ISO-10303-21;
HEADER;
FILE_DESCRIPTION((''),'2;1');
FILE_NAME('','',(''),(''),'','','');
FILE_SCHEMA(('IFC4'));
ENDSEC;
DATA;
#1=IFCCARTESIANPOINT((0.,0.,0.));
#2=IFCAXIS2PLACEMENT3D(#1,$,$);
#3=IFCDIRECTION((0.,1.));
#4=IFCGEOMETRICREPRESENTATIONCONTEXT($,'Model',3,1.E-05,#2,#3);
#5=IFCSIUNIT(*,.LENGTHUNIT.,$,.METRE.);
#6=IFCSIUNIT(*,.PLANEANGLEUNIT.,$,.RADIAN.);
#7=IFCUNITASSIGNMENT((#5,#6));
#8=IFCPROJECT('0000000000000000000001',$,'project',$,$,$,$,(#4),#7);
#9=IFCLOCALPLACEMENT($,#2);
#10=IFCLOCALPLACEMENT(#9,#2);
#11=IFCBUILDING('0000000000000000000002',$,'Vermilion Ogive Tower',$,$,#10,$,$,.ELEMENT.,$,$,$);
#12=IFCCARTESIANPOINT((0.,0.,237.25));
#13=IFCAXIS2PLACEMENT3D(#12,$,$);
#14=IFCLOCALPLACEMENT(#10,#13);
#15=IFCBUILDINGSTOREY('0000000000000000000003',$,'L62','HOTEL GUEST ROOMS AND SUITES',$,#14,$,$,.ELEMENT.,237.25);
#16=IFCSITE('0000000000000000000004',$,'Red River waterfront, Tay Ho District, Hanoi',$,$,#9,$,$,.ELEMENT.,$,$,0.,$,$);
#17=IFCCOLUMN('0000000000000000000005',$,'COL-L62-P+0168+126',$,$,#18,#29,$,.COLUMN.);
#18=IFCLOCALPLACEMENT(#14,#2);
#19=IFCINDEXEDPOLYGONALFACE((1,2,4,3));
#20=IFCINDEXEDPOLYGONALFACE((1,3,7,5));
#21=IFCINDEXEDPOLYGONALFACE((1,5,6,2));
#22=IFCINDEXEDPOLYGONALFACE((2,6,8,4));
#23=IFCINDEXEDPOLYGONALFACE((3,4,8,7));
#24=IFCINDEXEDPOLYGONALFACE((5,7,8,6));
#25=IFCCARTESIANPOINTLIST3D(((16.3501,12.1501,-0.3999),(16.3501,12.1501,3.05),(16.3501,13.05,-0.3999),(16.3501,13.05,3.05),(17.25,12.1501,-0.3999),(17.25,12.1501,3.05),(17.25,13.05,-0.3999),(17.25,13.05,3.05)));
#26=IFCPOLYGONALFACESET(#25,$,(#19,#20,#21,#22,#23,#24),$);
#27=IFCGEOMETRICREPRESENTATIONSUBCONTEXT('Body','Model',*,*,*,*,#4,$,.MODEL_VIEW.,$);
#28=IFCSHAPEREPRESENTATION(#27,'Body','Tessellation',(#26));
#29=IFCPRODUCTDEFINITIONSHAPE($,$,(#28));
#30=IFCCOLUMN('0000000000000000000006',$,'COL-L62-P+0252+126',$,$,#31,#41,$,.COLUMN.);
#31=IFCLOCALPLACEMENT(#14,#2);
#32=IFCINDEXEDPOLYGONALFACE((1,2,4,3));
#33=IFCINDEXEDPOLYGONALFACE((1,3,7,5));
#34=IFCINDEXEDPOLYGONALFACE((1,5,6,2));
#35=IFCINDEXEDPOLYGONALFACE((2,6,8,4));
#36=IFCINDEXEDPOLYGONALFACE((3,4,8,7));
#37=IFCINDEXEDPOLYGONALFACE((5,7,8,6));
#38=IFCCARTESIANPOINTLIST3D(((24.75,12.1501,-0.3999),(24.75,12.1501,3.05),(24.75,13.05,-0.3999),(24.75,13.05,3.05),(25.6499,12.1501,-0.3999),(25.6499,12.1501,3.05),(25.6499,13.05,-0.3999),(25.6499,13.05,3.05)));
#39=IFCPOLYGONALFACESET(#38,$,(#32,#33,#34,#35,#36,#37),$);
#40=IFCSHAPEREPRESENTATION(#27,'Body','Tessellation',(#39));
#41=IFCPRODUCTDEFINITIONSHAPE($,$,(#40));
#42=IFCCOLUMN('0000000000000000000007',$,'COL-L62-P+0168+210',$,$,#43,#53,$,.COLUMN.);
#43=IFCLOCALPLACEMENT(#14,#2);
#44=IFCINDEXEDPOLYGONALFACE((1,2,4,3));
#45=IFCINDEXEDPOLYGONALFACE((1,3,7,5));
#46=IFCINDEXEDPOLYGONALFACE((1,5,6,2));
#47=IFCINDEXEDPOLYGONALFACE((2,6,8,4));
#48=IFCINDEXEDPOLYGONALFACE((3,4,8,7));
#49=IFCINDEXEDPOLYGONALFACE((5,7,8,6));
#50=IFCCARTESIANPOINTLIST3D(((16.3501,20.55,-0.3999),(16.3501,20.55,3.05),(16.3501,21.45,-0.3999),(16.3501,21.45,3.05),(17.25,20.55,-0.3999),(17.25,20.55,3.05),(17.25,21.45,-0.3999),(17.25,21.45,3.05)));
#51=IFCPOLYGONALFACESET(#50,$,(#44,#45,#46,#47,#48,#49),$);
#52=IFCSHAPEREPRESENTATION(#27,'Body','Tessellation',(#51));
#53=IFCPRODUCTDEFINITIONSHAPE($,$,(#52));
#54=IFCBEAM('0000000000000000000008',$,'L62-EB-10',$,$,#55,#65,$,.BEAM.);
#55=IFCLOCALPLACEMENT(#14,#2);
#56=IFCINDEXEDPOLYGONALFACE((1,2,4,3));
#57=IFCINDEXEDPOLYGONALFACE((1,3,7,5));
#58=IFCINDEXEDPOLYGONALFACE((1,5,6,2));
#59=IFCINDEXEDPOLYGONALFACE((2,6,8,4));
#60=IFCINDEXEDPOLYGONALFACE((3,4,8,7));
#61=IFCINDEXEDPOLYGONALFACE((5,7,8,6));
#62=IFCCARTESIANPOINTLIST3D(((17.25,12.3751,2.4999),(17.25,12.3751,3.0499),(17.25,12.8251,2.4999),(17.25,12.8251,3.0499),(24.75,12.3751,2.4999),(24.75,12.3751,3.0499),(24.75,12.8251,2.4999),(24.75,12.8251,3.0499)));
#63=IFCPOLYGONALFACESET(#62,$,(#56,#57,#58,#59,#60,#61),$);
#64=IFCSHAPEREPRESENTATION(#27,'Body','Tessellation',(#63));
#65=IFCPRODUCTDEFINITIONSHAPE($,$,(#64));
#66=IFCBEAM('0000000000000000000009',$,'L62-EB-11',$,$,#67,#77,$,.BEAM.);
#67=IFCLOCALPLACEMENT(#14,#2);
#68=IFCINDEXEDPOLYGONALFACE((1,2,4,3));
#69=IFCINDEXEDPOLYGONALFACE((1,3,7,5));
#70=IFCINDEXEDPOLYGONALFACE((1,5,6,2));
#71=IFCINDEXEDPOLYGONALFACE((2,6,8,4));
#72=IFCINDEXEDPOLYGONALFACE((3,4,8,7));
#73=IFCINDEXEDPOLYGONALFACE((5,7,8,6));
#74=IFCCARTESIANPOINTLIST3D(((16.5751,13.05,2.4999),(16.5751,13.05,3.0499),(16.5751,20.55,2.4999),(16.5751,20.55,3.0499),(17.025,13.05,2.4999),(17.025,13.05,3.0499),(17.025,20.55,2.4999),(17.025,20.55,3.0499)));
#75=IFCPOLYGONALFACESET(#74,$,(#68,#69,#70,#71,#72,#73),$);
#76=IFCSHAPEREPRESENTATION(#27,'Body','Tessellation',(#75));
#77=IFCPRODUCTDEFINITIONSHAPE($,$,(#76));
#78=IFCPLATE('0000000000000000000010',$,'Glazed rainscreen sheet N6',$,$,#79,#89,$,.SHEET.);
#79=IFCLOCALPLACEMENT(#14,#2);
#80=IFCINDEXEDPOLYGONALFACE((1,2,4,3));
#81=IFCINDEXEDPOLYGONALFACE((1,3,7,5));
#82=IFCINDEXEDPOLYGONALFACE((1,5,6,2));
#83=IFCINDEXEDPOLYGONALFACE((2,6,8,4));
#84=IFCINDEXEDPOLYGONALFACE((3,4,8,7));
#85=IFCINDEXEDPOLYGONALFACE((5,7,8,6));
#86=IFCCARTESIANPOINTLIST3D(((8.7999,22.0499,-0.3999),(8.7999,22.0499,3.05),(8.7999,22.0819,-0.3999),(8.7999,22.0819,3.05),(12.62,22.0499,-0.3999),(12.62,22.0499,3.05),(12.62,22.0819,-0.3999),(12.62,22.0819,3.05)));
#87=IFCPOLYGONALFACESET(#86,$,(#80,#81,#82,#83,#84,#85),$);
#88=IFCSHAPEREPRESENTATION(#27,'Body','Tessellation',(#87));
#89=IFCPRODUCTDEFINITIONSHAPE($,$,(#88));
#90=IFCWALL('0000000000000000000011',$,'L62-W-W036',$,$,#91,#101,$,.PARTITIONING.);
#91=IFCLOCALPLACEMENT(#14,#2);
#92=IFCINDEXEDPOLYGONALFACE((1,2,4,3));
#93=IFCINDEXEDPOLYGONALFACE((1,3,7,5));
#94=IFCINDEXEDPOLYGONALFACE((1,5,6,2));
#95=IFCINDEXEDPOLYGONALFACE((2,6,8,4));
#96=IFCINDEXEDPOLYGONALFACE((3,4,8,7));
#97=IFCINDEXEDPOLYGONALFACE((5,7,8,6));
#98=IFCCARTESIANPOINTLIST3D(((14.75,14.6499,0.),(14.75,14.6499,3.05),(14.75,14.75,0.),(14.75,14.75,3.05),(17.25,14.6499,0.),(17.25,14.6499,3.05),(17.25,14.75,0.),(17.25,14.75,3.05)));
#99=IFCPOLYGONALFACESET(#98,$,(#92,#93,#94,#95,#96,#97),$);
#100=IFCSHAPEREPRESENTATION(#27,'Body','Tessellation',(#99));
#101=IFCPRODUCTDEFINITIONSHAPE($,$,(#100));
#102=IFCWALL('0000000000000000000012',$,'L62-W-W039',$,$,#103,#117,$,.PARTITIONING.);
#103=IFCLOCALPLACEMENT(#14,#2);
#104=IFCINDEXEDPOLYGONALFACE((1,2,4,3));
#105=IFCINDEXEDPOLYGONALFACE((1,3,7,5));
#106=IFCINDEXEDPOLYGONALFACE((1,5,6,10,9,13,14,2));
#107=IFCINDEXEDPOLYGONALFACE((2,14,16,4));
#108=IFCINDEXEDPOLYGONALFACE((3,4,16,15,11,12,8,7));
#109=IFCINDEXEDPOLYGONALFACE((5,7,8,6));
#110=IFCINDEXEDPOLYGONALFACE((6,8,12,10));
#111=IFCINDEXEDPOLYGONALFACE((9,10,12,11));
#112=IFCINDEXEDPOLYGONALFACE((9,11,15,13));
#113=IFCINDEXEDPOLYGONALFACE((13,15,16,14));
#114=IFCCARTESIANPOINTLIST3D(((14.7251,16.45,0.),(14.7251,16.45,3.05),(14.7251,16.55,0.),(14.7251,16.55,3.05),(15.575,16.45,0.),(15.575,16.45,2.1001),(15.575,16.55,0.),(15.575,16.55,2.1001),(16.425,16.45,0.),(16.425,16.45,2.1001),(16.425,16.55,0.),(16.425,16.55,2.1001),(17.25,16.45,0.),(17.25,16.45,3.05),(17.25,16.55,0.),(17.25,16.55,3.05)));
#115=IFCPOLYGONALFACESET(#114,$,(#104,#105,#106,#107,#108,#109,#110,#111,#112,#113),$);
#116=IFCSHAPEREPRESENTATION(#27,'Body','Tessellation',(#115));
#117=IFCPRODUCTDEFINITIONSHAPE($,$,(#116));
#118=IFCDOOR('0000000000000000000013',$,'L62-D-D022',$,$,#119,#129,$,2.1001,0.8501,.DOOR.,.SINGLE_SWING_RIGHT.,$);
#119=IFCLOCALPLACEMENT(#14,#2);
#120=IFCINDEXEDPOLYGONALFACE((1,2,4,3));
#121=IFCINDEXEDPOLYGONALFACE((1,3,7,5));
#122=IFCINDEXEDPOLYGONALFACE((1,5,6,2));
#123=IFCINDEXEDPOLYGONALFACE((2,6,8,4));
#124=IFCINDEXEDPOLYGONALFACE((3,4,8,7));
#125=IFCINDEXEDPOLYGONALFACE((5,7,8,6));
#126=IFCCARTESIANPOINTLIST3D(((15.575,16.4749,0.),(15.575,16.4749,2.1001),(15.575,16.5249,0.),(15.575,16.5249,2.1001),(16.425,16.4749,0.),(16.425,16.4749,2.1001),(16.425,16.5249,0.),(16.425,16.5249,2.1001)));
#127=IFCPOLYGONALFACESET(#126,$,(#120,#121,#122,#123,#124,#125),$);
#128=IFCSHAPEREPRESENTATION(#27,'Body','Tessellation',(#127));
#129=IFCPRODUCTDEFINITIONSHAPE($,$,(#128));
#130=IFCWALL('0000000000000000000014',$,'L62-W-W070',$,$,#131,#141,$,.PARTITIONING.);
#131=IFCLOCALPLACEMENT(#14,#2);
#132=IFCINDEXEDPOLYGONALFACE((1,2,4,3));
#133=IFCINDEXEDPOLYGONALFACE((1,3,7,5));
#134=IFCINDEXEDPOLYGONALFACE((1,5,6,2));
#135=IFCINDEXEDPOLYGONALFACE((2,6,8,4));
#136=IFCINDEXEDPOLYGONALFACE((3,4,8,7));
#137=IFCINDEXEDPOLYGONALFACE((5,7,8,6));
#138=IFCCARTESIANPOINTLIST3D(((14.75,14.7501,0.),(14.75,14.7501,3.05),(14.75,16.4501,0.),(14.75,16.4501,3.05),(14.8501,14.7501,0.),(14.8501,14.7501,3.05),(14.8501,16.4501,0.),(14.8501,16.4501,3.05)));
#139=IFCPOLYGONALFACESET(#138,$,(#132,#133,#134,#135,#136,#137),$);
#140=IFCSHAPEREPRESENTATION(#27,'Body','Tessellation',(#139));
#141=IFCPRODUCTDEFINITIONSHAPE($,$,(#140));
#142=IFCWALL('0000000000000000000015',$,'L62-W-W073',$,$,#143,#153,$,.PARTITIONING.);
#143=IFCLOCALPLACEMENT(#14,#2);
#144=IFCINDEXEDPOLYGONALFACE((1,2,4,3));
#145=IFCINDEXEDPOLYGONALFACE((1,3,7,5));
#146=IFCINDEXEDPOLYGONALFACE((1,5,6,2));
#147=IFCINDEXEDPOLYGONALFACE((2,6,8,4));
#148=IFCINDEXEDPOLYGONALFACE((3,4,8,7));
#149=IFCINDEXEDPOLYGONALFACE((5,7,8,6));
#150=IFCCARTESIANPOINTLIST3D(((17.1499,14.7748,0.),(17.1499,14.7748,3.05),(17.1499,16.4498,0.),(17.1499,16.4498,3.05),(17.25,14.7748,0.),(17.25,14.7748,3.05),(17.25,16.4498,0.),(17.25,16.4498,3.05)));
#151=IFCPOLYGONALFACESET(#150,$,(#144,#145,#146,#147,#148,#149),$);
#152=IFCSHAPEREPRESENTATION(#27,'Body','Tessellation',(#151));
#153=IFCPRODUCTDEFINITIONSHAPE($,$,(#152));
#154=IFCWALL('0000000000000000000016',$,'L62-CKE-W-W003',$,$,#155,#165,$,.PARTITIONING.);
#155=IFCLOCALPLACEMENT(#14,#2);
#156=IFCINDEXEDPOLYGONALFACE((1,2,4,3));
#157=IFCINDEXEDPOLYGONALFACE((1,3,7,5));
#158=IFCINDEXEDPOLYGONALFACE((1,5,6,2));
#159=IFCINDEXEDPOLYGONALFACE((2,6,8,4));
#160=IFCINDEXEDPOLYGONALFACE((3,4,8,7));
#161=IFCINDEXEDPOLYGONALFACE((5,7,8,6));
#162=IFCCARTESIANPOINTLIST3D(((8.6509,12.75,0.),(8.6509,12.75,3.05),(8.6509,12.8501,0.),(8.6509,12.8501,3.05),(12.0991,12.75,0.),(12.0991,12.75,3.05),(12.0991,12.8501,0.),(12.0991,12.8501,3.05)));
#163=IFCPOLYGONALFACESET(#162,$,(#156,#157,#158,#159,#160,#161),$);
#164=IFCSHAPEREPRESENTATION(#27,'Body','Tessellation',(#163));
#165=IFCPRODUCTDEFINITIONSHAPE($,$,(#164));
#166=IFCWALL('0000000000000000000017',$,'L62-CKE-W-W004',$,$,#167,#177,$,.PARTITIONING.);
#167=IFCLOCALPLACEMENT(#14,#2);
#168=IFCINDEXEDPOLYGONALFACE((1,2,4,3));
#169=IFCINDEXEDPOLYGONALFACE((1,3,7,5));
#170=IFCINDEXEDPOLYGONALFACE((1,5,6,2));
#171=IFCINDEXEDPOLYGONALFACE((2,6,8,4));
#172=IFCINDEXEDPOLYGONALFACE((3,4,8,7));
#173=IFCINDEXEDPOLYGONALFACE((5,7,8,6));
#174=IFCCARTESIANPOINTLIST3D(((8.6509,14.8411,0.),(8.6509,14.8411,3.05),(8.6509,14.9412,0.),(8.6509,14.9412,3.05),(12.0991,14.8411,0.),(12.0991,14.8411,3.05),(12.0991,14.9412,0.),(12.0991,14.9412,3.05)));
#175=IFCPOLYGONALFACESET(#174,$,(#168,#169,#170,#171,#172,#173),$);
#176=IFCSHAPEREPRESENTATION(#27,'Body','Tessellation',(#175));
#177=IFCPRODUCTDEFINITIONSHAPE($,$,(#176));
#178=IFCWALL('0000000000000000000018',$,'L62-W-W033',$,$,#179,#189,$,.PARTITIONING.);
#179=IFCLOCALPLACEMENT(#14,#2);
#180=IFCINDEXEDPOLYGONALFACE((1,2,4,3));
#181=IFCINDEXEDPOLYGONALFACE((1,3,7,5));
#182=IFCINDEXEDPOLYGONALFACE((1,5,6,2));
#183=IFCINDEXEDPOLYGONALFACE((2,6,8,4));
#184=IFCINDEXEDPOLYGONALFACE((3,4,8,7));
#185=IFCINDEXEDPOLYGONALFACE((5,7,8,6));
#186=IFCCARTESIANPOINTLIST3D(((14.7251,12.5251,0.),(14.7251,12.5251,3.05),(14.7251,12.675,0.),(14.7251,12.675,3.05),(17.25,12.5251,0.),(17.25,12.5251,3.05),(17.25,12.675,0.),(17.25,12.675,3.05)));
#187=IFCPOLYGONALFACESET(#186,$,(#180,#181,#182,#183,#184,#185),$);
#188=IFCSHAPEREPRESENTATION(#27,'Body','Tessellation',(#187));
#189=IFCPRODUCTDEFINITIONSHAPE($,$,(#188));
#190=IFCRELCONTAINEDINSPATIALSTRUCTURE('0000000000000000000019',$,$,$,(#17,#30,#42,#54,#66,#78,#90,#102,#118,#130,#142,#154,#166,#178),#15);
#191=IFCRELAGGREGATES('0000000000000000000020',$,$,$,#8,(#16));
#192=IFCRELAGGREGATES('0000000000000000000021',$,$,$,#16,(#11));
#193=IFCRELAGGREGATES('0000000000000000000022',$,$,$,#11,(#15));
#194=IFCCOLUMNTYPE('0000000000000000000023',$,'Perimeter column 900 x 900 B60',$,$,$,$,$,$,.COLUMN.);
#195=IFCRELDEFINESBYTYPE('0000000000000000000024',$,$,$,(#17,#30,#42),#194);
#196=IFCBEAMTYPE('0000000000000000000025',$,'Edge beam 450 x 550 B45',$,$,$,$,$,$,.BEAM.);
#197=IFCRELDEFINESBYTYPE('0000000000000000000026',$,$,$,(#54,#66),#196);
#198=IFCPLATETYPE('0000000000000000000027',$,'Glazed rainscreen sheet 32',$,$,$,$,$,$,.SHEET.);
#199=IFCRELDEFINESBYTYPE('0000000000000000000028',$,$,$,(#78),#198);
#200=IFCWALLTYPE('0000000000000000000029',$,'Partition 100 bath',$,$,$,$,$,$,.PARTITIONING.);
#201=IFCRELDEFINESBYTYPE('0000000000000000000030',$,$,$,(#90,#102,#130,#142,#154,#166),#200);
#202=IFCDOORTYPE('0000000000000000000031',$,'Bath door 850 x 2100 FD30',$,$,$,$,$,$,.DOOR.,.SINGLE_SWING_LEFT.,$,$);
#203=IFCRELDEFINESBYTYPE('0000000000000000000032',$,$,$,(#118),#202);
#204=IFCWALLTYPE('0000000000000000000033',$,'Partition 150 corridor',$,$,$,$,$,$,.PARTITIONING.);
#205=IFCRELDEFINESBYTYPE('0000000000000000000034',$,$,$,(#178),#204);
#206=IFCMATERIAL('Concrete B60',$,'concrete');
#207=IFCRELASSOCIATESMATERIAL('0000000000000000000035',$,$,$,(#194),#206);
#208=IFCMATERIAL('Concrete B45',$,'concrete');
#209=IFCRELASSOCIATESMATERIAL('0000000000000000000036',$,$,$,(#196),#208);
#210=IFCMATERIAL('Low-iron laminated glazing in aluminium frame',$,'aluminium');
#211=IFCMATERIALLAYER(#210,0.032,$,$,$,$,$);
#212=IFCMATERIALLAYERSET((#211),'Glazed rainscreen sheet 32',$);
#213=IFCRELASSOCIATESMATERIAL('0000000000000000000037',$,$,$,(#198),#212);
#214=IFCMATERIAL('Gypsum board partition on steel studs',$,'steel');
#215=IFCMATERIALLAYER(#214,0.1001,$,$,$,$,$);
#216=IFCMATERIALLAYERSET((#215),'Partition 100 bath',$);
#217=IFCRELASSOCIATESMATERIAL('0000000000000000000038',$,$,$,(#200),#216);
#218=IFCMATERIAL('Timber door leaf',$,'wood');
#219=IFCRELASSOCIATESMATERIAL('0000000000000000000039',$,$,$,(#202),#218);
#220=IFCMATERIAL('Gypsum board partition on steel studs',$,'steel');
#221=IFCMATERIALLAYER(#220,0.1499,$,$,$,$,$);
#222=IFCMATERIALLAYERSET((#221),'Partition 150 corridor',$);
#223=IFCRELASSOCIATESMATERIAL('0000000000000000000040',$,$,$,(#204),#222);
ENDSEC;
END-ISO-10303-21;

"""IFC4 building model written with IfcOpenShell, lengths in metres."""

from ifc_helpers import new_model, si_unit, direction, frame, frame_2d, origin, origin_2d, place, context, subcontext, project, spatial, rectangle, extrude, material, layer, layer_set, material_profile, profile_set, type_object, element, fill, save


model = new_model("IFC4")

# Units and contexts
model_context = context("Model", 3, precision=1e-05, world=origin(), true_north=direction((0.0, 1.0)))
body_context = subcontext(model_context, "Body", "Model", "MODEL_VIEW")
ifc_project = project(units=[si_unit("LENGTHUNIT", "METRE"), si_unit("PLANEANGLEUNIT", "RADIAN")], contexts=[model_context])

# Site, building, storey
site_placement = place(None, origin())
site = spatial("IfcSite", under=ifc_project, at=site_placement, Name="Red River waterfront, Tay Ho District, Hanoi", CompositionType="ELEMENT", RefElevation=0.0)
building_placement = place(site_placement, origin())
building = spatial("IfcBuilding", under=site, at=building_placement, Name="Vermilion Ogive Tower", CompositionType="ELEMENT")
storey_placement = place(building_placement, frame((0.0, 0.0, 237.25)))
storey = spatial("IfcBuildingStorey", under=building, at=storey_placement, Name="L62", Description="HOTEL GUEST ROOMS AND SUITES", CompositionType="ELEMENT", Elevation=237.25)

# Columns
ifc_material_1 = material(Name="Concrete B60", Category="concrete")
ifc_material_profile_1 = material_profile(ifc_material_1, rectangle(XDim=0.8999, YDim=0.8999, at=origin_2d()), Name="900 x 900")
ifc_profile_set_1 = profile_set([ifc_material_profile_1], Name="Concrete B60")
column_type = type_object("IfcColumnType", Name="Perimeter column 900 x 900 B60", PredefinedType="COLUMN", material=ifc_profile_set_1)
for number, where, z_axis, x_axis, name in (
    (1, (16.8, 12.6001, -0.3999), (0.0, 0.0, 1.0), (1.0, 0.0, 0.0), "COL-L62-P+0168+126"),
    (2, (25.2, 12.6001, -0.3999), (0.0, 0.0, 1.0), (1.0, 0.0, 0.0), "COL-L62-P+0252+126"),
    (3, (16.8, 21.0, -0.3999), (0.0, 0.0, 1.0), (1.0, 0.0, 0.0), "COL-L62-P+0168+210"),
):
    element("IfcColumn", number, at=place(storey_placement, frame(where, z_axis=z_axis, x_axis=x_axis)), inside=storey, type_object=column_type, Name=name, PredefinedType="COLUMN", context=body_context, shape_type="SweptSolid", body=[
        extrude(rectangle(XDim=0.8999, YDim=0.8999, at=origin_2d()), origin(), (0.0, 0.0, 1.0), 3.45),
    ])

# Beams
ifc_material_2 = material(Name="Concrete B45", Category="concrete")
ifc_material_profile_2 = material_profile(ifc_material_2, rectangle(XDim=0.45, YDim=0.55, at=origin_2d()), Name="450 x 550")
ifc_profile_set_2 = profile_set([ifc_material_profile_2], Name="Concrete B45")
beam_type = type_object("IfcBeamType", Name="Edge beam 450 x 550 B45", PredefinedType="BEAM", material=ifc_profile_set_2)
for number, where, z_axis, x_axis, name in (
    (4, (24.75, 12.6001, 2.7749), (-1.0, 0.0, 0.0), (0.0, -1.0, 0.0), "L62-EB-10"),
    (5, (16.8, 13.05, 2.7749), (0.0, 1.0, 0.0), (-1.0, 0.0, 0.0), "L62-EB-11"),
):
    element("IfcBeam", number, at=place(storey_placement, frame(where, z_axis=z_axis, x_axis=x_axis)), inside=storey, type_object=beam_type, Name=name, PredefinedType="BEAM", context=body_context, shape_type="SweptSolid", body=[
        extrude(rectangle(XDim=0.45, YDim=0.55, at=origin_2d()), origin(), (0.0, 0.0, 1.0), 7.5),
    ])

# Plate
ifc_material_3 = material(Name="Low-iron laminated glazing in aluminium frame", Category="aluminium")
ifc_layer_1 = layer(ifc_material_3, 0.032)
ifc_layer_set_1 = layer_set([ifc_layer_1], Name="Glazed rainscreen sheet 32")
plate_type = type_object("IfcPlateType", Name="Glazed rainscreen sheet 32", PredefinedType="SHEET", material=ifc_layer_set_1)
plate_placement = place(storey_placement, frame((10.71, 22.0659, -0.3999), z_axis=(0.0, 0.0, 1.0), x_axis=(1.0, 0.0, 0.0)))
element("IfcPlate", 6, at=plate_placement, inside=storey, type_object=plate_type, Name="Glazed rainscreen sheet N6", PredefinedType="SHEET", context=body_context, shape_type="SweptSolid", body=[
    extrude(rectangle(XDim=3.8201, YDim=0.032, at=origin_2d()), origin(), (0.0, 0.0, 1.0), 3.45),
])

# Wall
ifc_material_4 = material(Name="Gypsum board partition on steel studs", Category="steel")
ifc_layer_2 = layer(ifc_material_4, 0.1001)
ifc_layer_set_2 = layer_set([ifc_layer_2], Name="Partition 100 bath")
wall_type_1 = type_object("IfcWallType", Name="Partition 100 bath", PredefinedType="PARTITIONING", material=ifc_layer_set_2)
wall_1_placement = place(storey_placement, frame((14.75, 14.7, 0.0), z_axis=(0.0, 0.0, 1.0), x_axis=(1.0, 0.0, 0.0)))
element("IfcWall", 7, at=wall_1_placement, inside=storey, type_object=wall_type_1, Name="L62-W-W036", PredefinedType="PARTITIONING", context=body_context, shape_type="SweptSolid", body=[
    extrude(rectangle(XDim=2.5, YDim=0.1001, at=frame_2d((1.25, 0.0))), origin(), (0.0, 0.0, 1.0), 3.05),
])

# Wall, opening, door
wall_2_placement = place(storey_placement, frame((14.7251, 16.5, 0.0), z_axis=(0.0, 0.0, 1.0), x_axis=(1.0, 0.0, 0.0)))
wall_2 = element("IfcWall", 8, at=wall_2_placement, inside=storey, type_object=wall_type_1, Name="L62-W-W039", PredefinedType="PARTITIONING", context=body_context, shape_type="SweptSolid", body=[
    extrude(rectangle(XDim=2.5249, YDim=0.1001, at=frame_2d((1.2625, 0.0))), origin(), (0.0, 0.0, 1.0), 3.05),
])
opening_1_placement = place(wall_2_placement, frame((0.8499, 0.0, 0.0)))
opening_1 = element("IfcOpeningElement", 9, at=opening_1_placement, cuts=wall_2, PredefinedType="OPENING", context=body_context, shape_type="SweptSolid", body=[
    extrude(rectangle(XDim=0.8501, YDim=2.1001, at=frame_2d((0.425, 1.05))), frame((0.0, 0.0601, 0.0), z_axis=(0.0, -1.0, 0.0), x_axis=(1.0, 0.0, 0.0)), (0.0, 0.0, 1.0), 0.1201),
])
ifc_material_5 = material(Name="Timber door leaf", Category="wood")
door_type_1 = type_object("IfcDoorType", Name="Bath door 850 x 2100 FD30", OperationType="SINGLE_SWING_LEFT", PredefinedType="DOOR", material=ifc_material_5)
door_1_placement = place(opening_1_placement, origin())
door_1 = element("IfcDoor", 10, at=door_1_placement, inside=storey, type_object=door_type_1, Name="L62-D-D022", OperationType="SINGLE_SWING_RIGHT", OverallHeight=2.1001, OverallWidth=0.8501, PredefinedType="DOOR", context=body_context, shape_type="SweptSolid", body=[
    extrude(rectangle(XDim=0.8501, YDim=2.1001, at=frame_2d((0.425, 1.05))), frame((0.0, 0.0249, 0.0), z_axis=(0.0, -1.0, 0.0), x_axis=(1.0, 0.0, 0.0)), (0.0, 0.0, 1.0), 0.05),
])
fill(opening_1, door_1)

# Walls
wall_3_placement = place(storey_placement, frame((14.8, 14.75, 0.0), z_axis=(0.0, 0.0, 1.0), x_axis=(0.0, 1.0, 0.0)))
element("IfcWall", 11, at=wall_3_placement, inside=storey, type_object=wall_type_1, Name="L62-W-W070", PredefinedType="PARTITIONING", context=body_context, shape_type="SweptSolid", body=[
    extrude(rectangle(XDim=1.7, YDim=0.1001, at=frame_2d((0.8501, 0.0))), origin(), (0.0, 0.0, 1.0), 3.05),
])
wall_4_placement = place(storey_placement, frame((17.2, 14.7749, 0.0), z_axis=(0.0, 0.0, 1.0), x_axis=(0.0, 1.0, 0.0)))
element("IfcWall", 12, at=wall_4_placement, inside=storey, type_object=wall_type_1, Name="L62-W-W073", PredefinedType="PARTITIONING", context=body_context, shape_type="SweptSolid", body=[
    extrude(rectangle(XDim=1.675, YDim=0.1001, at=frame_2d((0.8374, 0.0))), origin(), (0.0, 0.0, 1.0), 3.05),
])
for number, where, z_axis, x_axis, name in (
    (13, (8.6509, 12.8, 0.0), (0.0, 0.0, 1.0), (1.0, 0.0, 0.0), "L62-CKE-W-W003"),
    (14, (8.6509, 14.8911, 0.0), (0.0, 0.0, 1.0), (1.0, 0.0, 0.0), "L62-CKE-W-W004"),
):
    element("IfcWall", number, at=place(storey_placement, frame(where, z_axis=z_axis, x_axis=x_axis)), inside=storey, type_object=wall_type_1, Name=name, PredefinedType="PARTITIONING", context=body_context, shape_type="SweptSolid", body=[
        extrude(rectangle(XDim=3.4482, YDim=0.1001, at=frame_2d((1.7241, 0.0))), origin(), (0.0, 0.0, 1.0), 3.05),
    ])
ifc_material_6 = material(Name="Gypsum board partition on steel studs", Category="steel")
ifc_layer_3 = layer(ifc_material_6, 0.1499)
ifc_layer_set_3 = layer_set([ifc_layer_3], Name="Partition 150 corridor")
wall_type_2 = type_object("IfcWallType", Name="Partition 150 corridor", PredefinedType="PARTITIONING", material=ifc_layer_set_3)
wall_5_placement = place(storey_placement, frame((14.7251, 12.6001, 0.0), z_axis=(0.0, 0.0, 1.0), x_axis=(1.0, 0.0, 0.0)))
element("IfcWall", 15, at=wall_5_placement, inside=storey, type_object=wall_type_2, Name="L62-W-W033", PredefinedType="PARTITIONING", context=body_context, shape_type="SweptSolid", body=[
    extrude(rectangle(XDim=2.5249, YDim=0.1499, at=frame_2d((1.2625, 0.0))), origin(), (0.0, 0.0, 1.0), 3.05),
])

save(model, "model.ifc")
